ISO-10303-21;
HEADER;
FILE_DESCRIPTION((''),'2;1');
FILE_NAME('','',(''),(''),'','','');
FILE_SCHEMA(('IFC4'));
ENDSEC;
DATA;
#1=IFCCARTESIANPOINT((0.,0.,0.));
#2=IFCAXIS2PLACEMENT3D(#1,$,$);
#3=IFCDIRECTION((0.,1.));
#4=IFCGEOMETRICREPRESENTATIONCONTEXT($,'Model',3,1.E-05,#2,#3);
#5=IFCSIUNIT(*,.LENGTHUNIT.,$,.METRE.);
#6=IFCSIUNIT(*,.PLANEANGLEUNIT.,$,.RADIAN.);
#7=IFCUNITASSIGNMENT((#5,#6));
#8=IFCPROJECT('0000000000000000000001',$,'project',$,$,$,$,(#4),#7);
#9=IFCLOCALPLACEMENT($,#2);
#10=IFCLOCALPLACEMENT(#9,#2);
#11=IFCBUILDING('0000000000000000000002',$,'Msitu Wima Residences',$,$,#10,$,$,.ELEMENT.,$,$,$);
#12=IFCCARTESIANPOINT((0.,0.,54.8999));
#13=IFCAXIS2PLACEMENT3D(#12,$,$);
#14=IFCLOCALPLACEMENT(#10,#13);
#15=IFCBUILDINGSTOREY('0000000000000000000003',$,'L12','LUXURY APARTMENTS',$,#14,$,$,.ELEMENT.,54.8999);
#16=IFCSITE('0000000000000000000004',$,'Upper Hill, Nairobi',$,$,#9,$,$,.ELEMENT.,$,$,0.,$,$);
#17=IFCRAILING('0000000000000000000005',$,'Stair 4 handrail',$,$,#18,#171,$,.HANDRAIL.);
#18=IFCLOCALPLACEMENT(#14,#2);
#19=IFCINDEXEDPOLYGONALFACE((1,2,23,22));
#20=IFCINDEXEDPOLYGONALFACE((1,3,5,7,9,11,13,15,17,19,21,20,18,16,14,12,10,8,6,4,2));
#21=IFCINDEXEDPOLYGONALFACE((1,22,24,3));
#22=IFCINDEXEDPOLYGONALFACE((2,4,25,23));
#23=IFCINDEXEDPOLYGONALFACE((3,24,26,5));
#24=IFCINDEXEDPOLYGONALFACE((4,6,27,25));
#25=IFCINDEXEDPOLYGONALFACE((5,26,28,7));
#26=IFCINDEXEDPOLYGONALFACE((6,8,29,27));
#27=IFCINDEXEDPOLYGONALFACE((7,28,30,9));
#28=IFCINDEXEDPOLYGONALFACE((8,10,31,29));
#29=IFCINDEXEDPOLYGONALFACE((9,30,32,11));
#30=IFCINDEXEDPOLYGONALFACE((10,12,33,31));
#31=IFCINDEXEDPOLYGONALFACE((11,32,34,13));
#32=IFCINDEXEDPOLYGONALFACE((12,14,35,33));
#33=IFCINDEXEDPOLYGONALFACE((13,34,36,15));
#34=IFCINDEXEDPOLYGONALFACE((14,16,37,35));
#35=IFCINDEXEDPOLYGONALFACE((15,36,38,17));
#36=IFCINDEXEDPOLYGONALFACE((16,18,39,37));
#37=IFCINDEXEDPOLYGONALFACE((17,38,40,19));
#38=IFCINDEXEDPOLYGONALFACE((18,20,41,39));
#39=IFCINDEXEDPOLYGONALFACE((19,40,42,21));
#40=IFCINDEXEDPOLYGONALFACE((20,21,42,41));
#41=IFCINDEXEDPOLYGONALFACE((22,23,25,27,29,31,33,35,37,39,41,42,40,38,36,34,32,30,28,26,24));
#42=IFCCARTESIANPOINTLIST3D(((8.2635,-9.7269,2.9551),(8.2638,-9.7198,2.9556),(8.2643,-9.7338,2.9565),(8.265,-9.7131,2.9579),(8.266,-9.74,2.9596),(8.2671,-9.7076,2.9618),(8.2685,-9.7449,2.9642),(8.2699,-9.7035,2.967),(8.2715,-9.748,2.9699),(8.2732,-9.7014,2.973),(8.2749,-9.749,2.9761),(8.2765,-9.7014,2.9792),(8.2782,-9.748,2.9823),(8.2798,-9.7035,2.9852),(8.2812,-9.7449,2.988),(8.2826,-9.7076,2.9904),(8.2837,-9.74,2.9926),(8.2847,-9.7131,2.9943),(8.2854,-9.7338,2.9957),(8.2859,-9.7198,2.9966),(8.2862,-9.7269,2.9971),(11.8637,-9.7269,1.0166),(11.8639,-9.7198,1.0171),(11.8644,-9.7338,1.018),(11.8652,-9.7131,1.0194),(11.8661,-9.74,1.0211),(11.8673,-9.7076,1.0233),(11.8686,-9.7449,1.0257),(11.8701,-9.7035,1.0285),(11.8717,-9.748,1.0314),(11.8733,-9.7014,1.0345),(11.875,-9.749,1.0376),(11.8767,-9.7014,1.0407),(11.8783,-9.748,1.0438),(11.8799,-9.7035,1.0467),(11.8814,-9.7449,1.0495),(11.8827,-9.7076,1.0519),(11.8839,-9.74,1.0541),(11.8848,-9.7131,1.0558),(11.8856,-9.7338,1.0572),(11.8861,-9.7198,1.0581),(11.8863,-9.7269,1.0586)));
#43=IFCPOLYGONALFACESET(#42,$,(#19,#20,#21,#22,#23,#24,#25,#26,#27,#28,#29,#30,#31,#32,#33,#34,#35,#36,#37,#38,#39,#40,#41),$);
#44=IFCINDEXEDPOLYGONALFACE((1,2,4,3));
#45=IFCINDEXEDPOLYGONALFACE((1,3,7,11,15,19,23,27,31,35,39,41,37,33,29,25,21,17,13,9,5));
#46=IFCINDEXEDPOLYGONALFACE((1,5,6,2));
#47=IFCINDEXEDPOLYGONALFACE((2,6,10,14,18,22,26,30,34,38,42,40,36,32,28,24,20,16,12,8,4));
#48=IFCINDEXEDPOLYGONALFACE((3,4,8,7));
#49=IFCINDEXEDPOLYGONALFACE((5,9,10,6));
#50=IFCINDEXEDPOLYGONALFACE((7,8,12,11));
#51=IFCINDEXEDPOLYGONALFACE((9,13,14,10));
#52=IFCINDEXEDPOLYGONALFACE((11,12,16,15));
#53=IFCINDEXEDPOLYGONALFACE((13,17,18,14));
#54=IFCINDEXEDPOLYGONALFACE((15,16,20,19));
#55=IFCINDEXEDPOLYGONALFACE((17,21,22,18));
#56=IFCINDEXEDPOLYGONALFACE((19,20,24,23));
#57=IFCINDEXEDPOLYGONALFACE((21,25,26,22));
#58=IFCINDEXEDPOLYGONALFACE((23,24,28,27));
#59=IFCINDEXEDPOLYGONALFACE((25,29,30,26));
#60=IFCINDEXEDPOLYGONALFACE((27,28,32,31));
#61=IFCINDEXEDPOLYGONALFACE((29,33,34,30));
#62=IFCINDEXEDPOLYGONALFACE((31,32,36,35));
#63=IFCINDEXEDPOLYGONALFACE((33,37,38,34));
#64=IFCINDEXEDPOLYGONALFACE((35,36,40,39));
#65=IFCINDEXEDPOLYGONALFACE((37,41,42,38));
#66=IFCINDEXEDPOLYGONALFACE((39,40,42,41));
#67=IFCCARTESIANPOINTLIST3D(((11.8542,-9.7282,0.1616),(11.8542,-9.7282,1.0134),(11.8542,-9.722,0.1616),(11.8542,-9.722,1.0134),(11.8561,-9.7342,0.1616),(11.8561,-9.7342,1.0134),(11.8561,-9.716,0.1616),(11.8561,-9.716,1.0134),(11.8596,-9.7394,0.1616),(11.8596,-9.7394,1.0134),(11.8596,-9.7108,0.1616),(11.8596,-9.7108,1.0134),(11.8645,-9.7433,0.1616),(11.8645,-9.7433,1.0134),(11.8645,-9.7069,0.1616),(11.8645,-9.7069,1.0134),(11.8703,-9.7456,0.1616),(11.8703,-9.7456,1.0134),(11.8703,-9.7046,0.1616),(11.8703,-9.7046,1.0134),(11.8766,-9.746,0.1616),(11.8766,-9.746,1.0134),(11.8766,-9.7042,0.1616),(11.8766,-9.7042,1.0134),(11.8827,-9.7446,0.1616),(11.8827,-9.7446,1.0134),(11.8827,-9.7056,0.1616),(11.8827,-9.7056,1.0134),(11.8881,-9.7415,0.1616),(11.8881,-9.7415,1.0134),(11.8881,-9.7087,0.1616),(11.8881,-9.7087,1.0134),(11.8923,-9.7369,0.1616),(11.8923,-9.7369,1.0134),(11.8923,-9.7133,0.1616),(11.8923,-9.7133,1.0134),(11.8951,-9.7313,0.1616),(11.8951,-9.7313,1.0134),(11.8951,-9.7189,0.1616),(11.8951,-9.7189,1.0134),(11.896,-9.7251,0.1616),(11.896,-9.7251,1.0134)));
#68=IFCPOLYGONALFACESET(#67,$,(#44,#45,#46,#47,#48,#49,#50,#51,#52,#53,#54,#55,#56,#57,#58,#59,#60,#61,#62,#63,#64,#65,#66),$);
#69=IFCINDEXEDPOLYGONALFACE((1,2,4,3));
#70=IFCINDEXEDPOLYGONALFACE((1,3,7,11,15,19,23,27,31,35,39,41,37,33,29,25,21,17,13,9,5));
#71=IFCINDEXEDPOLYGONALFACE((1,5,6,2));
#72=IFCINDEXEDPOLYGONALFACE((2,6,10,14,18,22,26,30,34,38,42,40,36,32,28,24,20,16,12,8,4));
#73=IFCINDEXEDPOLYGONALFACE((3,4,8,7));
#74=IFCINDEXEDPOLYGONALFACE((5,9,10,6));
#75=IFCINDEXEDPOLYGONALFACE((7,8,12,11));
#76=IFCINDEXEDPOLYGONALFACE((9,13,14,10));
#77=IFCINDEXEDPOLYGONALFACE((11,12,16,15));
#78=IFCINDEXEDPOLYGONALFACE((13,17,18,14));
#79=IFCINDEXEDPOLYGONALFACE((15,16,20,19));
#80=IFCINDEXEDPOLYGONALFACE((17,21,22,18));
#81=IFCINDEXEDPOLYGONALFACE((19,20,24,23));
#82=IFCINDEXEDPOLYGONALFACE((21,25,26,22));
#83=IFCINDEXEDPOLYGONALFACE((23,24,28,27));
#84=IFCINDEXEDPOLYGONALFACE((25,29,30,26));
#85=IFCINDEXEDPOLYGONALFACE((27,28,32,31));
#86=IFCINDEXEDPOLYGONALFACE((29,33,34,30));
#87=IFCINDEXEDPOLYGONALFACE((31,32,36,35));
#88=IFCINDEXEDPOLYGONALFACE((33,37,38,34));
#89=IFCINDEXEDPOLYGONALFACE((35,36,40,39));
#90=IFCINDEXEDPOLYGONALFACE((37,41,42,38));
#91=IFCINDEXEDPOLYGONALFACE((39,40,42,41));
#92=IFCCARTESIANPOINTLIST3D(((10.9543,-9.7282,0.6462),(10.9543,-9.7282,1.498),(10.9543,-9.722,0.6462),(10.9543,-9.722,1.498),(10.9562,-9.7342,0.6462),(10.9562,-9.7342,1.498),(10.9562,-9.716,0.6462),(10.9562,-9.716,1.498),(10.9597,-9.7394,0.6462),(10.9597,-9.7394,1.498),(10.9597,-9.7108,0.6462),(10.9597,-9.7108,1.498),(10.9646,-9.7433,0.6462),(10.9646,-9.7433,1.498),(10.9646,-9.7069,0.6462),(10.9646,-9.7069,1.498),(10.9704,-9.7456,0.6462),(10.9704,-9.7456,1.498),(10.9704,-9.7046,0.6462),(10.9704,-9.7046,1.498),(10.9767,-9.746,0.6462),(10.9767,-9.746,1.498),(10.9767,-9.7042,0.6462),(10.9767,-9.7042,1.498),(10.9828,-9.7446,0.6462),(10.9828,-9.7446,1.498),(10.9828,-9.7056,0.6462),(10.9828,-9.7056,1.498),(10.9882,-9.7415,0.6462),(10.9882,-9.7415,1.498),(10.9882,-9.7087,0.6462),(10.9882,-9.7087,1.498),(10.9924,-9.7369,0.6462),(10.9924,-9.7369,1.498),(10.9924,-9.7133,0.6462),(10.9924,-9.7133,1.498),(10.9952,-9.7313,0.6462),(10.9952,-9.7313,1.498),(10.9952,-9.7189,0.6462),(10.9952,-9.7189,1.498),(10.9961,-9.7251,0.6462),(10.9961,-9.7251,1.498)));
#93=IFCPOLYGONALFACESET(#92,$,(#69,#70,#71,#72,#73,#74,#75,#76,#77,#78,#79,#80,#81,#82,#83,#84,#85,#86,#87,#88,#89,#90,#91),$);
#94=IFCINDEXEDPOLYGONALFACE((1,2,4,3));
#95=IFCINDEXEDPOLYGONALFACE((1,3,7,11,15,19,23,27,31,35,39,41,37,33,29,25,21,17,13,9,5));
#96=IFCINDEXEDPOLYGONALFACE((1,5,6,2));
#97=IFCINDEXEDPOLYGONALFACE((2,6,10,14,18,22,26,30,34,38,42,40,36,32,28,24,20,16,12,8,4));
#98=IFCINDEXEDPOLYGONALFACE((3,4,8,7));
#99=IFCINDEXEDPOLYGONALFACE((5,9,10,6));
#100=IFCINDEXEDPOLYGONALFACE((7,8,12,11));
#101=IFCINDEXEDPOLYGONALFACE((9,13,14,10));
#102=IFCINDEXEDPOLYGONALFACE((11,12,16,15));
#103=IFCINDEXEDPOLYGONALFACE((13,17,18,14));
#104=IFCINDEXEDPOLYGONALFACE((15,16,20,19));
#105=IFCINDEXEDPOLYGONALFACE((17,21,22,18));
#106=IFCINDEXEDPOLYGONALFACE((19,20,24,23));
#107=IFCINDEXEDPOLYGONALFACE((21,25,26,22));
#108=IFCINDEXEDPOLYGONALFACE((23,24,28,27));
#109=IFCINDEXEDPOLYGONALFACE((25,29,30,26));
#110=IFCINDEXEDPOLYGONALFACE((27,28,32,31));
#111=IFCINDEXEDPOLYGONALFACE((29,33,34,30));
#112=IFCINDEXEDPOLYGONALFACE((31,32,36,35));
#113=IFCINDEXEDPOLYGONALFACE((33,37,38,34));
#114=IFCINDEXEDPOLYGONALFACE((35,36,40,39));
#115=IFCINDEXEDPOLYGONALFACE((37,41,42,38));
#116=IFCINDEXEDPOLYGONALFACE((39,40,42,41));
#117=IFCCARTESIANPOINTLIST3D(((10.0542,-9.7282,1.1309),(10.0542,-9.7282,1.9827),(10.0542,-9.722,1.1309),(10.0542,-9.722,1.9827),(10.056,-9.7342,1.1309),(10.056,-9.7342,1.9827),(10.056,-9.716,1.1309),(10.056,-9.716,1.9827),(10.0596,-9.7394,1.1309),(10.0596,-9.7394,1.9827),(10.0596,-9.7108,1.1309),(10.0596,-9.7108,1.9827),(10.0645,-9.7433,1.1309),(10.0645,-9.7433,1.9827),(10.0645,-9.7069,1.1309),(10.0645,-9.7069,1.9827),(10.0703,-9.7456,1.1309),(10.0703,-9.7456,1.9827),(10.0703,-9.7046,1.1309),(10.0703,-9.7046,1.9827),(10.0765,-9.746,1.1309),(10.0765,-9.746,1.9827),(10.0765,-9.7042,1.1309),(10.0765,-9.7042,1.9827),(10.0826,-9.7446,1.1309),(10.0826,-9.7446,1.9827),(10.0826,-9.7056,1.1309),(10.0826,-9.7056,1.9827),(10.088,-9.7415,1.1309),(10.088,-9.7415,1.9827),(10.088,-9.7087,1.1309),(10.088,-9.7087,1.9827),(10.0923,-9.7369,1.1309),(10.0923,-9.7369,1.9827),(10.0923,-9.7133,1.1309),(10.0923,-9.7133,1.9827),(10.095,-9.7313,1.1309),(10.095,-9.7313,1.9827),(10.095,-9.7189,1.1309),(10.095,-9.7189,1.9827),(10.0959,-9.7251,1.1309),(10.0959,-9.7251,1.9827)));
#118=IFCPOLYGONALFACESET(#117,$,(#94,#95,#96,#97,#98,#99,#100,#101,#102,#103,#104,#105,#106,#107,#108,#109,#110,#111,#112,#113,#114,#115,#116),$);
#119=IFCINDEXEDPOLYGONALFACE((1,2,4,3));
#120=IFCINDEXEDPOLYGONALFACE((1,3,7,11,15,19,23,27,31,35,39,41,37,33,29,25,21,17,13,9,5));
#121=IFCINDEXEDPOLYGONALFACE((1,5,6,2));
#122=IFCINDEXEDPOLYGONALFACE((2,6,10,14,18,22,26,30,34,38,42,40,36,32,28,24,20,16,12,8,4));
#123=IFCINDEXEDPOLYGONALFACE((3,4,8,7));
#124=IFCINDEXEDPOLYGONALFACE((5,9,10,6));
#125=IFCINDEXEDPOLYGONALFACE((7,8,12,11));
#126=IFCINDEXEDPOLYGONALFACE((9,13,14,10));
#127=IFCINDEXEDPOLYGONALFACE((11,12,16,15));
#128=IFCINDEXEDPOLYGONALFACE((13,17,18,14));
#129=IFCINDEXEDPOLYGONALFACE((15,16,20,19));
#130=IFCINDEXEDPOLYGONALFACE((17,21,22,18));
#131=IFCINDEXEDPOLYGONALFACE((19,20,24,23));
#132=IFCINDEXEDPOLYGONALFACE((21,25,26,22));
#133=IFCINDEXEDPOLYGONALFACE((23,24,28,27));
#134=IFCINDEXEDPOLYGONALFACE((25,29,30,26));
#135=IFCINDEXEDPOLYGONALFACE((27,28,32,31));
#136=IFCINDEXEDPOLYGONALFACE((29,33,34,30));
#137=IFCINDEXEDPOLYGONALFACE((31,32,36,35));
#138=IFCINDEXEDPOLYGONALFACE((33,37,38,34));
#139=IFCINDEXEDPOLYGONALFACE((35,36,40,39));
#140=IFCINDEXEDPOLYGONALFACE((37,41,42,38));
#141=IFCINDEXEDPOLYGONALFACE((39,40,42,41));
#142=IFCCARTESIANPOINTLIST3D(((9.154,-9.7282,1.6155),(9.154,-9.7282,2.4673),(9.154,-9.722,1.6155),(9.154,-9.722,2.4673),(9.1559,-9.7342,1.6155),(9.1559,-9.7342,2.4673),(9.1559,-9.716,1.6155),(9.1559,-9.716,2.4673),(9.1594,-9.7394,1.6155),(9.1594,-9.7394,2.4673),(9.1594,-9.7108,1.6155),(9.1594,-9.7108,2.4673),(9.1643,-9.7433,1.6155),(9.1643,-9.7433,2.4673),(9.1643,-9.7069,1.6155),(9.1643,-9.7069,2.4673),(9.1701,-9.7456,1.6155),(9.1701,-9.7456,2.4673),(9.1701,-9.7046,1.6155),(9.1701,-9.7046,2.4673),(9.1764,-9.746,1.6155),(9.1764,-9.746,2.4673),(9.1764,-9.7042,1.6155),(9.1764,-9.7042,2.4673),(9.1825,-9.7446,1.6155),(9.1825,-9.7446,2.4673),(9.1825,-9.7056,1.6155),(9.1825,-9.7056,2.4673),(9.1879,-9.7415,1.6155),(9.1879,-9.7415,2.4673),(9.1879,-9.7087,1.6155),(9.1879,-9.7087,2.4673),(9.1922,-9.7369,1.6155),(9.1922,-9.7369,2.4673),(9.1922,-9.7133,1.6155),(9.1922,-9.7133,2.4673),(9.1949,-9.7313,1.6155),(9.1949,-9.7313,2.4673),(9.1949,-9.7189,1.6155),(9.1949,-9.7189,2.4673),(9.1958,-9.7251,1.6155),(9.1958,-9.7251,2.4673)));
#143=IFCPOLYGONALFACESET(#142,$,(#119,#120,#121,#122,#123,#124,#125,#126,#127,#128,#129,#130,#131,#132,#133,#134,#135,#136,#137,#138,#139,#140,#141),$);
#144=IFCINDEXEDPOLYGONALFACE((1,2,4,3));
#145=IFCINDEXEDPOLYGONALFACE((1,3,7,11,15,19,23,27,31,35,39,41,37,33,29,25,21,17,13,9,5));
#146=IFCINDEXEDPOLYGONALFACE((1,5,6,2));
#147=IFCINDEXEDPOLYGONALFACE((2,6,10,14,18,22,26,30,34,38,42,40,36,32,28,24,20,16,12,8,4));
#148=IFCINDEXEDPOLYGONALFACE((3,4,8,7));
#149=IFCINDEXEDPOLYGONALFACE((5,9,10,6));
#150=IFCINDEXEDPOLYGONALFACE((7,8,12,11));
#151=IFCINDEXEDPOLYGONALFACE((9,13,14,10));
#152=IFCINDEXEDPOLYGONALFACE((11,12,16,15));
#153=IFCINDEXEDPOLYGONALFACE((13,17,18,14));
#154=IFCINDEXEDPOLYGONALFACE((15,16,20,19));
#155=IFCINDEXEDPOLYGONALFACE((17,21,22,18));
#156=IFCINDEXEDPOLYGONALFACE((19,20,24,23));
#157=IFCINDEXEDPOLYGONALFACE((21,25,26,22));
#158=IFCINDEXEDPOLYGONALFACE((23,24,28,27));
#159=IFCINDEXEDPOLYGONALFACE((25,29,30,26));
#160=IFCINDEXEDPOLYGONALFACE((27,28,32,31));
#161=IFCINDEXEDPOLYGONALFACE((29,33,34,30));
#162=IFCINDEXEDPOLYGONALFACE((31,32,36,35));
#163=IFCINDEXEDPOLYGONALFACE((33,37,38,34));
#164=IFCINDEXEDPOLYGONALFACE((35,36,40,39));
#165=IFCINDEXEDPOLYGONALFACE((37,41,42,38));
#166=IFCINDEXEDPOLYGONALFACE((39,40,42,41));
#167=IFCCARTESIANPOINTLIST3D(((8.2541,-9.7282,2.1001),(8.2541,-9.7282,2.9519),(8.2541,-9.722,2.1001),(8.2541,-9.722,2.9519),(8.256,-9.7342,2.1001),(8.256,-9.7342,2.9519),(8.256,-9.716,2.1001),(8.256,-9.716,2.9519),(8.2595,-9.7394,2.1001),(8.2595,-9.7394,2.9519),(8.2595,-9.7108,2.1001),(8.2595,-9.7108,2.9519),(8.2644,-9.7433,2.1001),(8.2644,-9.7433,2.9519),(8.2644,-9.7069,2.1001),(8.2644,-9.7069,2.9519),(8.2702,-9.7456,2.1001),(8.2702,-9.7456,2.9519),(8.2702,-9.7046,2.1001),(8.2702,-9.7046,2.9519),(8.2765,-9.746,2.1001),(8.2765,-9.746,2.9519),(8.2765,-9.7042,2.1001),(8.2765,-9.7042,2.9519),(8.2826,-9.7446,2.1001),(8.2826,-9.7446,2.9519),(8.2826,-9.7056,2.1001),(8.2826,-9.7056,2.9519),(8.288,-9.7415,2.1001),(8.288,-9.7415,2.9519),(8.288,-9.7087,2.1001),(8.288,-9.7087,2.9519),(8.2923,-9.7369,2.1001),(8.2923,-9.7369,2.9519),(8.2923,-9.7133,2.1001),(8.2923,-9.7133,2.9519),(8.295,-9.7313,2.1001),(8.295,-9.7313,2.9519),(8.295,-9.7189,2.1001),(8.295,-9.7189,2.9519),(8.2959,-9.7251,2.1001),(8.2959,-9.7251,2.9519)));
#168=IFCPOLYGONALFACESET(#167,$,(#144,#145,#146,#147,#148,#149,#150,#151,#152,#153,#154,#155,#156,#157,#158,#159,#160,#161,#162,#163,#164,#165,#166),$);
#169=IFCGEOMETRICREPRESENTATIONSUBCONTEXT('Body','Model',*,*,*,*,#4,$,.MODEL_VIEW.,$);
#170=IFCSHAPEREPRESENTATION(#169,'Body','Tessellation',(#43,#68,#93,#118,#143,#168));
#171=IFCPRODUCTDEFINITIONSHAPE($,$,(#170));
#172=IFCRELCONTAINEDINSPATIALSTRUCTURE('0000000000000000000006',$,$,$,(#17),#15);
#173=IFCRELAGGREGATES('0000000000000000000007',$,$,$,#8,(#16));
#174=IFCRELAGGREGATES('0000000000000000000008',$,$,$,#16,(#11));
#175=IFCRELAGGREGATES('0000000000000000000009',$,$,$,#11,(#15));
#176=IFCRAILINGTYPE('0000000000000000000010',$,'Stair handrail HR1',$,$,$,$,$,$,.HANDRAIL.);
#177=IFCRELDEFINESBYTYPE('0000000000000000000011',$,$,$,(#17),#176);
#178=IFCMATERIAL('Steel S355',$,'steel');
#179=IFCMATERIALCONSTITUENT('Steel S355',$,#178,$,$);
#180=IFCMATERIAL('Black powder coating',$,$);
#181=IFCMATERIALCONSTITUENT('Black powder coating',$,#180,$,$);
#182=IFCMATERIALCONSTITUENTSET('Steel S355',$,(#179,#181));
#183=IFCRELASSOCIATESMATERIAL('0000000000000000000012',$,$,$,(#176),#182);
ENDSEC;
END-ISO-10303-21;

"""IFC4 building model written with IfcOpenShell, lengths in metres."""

from ifc_helpers import new_model, si_unit, direction, frame, origin, origin_2d, place, context, subcontext, project, spatial, circle, extrude, material, constituent, constituent_set, type_object, element, save


model = new_model("IFC4")

# Units and contexts
model_context = context("Model", 3, precision=1e-05, world=origin(), true_north=direction((0.0, 1.0)))
body_context = subcontext(model_context, "Body", "Model", "MODEL_VIEW")
ifc_project = project(units=[si_unit("LENGTHUNIT", "METRE"), si_unit("PLANEANGLEUNIT", "RADIAN")], contexts=[model_context])

# Site, building, storey
site_placement = place(None, origin())
site = spatial("IfcSite", under=ifc_project, at=site_placement, Name="Upper Hill, Nairobi", CompositionType="ELEMENT", RefElevation=0.0)
building_placement = place(site_placement, origin())
building = spatial("IfcBuilding", under=site, at=building_placement, Name="Msitu Wima Residences", CompositionType="ELEMENT")
storey_placement = place(building_placement, frame((0.0, 0.0, 54.8999)))
storey = spatial("IfcBuildingStorey", under=building, at=storey_placement, Name="L12", Description="LUXURY APARTMENTS", CompositionType="ELEMENT", Elevation=54.8999)

# Railing
ifc_material_1 = material(Name="Steel S355", Category="steel")
ifc_constituent_1 = constituent(ifc_material_1, Name="Steel S355")
ifc_material_2 = material(Name="Black powder coating")
ifc_constituent_2 = constituent(ifc_material_2, Name="Black powder coating")
ifc_constituent_set = constituent_set(constituents=[ifc_constituent_1, ifc_constituent_2], Name="Steel S355")
railing_type = type_object("IfcRailingType", Name="Stair handrail HR1", PredefinedType="HANDRAIL", material=ifc_constituent_set)
for number, where, name in (
    (1, (11.875, -9.7251, 0.1616), "Stair 4 handrail"),
):
    element("IfcRailing", number, at=place(storey_placement, frame(where)), inside=storey, type_object=railing_type, Name=name, PredefinedType="HANDRAIL", context=body_context, shape_type="SweptSolid", body=[
        extrude(circle(Radius=0.0239, at=origin_2d()), frame((0.0, 0.0, 0.876), z_axis=(-0.880475, 0.0, 0.474093), x_axis=(0.0, -1.0, 0.0)), (0.0, 0.0, 1.0), 4.0889),
        extrude(circle(Radius=0.021, at=origin_2d()), origin(), (0.0, 0.0, 1.0), 0.8518),
        extrude(circle(Radius=0.021, at=origin_2d()), frame((-0.8999, 0.0, 0.4846)), (0.0, 0.0, 1.0), 0.8518),
        extrude(circle(Radius=0.021, at=origin_2d()), frame((-1.8, 0.0, 0.9692)), (0.0, 0.0, 1.0), 0.8518),
        extrude(circle(Radius=0.021, at=origin_2d()), frame((-2.7002, 0.0, 1.4539)), (0.0, 0.0, 1.0), 0.8518),
        extrude(circle(Radius=0.021, at=origin_2d()), frame((-3.6001, 0.0, 1.9385)), (0.0, 0.0, 1.0), 0.8518),
    ])

save(model, "model.ifc")
